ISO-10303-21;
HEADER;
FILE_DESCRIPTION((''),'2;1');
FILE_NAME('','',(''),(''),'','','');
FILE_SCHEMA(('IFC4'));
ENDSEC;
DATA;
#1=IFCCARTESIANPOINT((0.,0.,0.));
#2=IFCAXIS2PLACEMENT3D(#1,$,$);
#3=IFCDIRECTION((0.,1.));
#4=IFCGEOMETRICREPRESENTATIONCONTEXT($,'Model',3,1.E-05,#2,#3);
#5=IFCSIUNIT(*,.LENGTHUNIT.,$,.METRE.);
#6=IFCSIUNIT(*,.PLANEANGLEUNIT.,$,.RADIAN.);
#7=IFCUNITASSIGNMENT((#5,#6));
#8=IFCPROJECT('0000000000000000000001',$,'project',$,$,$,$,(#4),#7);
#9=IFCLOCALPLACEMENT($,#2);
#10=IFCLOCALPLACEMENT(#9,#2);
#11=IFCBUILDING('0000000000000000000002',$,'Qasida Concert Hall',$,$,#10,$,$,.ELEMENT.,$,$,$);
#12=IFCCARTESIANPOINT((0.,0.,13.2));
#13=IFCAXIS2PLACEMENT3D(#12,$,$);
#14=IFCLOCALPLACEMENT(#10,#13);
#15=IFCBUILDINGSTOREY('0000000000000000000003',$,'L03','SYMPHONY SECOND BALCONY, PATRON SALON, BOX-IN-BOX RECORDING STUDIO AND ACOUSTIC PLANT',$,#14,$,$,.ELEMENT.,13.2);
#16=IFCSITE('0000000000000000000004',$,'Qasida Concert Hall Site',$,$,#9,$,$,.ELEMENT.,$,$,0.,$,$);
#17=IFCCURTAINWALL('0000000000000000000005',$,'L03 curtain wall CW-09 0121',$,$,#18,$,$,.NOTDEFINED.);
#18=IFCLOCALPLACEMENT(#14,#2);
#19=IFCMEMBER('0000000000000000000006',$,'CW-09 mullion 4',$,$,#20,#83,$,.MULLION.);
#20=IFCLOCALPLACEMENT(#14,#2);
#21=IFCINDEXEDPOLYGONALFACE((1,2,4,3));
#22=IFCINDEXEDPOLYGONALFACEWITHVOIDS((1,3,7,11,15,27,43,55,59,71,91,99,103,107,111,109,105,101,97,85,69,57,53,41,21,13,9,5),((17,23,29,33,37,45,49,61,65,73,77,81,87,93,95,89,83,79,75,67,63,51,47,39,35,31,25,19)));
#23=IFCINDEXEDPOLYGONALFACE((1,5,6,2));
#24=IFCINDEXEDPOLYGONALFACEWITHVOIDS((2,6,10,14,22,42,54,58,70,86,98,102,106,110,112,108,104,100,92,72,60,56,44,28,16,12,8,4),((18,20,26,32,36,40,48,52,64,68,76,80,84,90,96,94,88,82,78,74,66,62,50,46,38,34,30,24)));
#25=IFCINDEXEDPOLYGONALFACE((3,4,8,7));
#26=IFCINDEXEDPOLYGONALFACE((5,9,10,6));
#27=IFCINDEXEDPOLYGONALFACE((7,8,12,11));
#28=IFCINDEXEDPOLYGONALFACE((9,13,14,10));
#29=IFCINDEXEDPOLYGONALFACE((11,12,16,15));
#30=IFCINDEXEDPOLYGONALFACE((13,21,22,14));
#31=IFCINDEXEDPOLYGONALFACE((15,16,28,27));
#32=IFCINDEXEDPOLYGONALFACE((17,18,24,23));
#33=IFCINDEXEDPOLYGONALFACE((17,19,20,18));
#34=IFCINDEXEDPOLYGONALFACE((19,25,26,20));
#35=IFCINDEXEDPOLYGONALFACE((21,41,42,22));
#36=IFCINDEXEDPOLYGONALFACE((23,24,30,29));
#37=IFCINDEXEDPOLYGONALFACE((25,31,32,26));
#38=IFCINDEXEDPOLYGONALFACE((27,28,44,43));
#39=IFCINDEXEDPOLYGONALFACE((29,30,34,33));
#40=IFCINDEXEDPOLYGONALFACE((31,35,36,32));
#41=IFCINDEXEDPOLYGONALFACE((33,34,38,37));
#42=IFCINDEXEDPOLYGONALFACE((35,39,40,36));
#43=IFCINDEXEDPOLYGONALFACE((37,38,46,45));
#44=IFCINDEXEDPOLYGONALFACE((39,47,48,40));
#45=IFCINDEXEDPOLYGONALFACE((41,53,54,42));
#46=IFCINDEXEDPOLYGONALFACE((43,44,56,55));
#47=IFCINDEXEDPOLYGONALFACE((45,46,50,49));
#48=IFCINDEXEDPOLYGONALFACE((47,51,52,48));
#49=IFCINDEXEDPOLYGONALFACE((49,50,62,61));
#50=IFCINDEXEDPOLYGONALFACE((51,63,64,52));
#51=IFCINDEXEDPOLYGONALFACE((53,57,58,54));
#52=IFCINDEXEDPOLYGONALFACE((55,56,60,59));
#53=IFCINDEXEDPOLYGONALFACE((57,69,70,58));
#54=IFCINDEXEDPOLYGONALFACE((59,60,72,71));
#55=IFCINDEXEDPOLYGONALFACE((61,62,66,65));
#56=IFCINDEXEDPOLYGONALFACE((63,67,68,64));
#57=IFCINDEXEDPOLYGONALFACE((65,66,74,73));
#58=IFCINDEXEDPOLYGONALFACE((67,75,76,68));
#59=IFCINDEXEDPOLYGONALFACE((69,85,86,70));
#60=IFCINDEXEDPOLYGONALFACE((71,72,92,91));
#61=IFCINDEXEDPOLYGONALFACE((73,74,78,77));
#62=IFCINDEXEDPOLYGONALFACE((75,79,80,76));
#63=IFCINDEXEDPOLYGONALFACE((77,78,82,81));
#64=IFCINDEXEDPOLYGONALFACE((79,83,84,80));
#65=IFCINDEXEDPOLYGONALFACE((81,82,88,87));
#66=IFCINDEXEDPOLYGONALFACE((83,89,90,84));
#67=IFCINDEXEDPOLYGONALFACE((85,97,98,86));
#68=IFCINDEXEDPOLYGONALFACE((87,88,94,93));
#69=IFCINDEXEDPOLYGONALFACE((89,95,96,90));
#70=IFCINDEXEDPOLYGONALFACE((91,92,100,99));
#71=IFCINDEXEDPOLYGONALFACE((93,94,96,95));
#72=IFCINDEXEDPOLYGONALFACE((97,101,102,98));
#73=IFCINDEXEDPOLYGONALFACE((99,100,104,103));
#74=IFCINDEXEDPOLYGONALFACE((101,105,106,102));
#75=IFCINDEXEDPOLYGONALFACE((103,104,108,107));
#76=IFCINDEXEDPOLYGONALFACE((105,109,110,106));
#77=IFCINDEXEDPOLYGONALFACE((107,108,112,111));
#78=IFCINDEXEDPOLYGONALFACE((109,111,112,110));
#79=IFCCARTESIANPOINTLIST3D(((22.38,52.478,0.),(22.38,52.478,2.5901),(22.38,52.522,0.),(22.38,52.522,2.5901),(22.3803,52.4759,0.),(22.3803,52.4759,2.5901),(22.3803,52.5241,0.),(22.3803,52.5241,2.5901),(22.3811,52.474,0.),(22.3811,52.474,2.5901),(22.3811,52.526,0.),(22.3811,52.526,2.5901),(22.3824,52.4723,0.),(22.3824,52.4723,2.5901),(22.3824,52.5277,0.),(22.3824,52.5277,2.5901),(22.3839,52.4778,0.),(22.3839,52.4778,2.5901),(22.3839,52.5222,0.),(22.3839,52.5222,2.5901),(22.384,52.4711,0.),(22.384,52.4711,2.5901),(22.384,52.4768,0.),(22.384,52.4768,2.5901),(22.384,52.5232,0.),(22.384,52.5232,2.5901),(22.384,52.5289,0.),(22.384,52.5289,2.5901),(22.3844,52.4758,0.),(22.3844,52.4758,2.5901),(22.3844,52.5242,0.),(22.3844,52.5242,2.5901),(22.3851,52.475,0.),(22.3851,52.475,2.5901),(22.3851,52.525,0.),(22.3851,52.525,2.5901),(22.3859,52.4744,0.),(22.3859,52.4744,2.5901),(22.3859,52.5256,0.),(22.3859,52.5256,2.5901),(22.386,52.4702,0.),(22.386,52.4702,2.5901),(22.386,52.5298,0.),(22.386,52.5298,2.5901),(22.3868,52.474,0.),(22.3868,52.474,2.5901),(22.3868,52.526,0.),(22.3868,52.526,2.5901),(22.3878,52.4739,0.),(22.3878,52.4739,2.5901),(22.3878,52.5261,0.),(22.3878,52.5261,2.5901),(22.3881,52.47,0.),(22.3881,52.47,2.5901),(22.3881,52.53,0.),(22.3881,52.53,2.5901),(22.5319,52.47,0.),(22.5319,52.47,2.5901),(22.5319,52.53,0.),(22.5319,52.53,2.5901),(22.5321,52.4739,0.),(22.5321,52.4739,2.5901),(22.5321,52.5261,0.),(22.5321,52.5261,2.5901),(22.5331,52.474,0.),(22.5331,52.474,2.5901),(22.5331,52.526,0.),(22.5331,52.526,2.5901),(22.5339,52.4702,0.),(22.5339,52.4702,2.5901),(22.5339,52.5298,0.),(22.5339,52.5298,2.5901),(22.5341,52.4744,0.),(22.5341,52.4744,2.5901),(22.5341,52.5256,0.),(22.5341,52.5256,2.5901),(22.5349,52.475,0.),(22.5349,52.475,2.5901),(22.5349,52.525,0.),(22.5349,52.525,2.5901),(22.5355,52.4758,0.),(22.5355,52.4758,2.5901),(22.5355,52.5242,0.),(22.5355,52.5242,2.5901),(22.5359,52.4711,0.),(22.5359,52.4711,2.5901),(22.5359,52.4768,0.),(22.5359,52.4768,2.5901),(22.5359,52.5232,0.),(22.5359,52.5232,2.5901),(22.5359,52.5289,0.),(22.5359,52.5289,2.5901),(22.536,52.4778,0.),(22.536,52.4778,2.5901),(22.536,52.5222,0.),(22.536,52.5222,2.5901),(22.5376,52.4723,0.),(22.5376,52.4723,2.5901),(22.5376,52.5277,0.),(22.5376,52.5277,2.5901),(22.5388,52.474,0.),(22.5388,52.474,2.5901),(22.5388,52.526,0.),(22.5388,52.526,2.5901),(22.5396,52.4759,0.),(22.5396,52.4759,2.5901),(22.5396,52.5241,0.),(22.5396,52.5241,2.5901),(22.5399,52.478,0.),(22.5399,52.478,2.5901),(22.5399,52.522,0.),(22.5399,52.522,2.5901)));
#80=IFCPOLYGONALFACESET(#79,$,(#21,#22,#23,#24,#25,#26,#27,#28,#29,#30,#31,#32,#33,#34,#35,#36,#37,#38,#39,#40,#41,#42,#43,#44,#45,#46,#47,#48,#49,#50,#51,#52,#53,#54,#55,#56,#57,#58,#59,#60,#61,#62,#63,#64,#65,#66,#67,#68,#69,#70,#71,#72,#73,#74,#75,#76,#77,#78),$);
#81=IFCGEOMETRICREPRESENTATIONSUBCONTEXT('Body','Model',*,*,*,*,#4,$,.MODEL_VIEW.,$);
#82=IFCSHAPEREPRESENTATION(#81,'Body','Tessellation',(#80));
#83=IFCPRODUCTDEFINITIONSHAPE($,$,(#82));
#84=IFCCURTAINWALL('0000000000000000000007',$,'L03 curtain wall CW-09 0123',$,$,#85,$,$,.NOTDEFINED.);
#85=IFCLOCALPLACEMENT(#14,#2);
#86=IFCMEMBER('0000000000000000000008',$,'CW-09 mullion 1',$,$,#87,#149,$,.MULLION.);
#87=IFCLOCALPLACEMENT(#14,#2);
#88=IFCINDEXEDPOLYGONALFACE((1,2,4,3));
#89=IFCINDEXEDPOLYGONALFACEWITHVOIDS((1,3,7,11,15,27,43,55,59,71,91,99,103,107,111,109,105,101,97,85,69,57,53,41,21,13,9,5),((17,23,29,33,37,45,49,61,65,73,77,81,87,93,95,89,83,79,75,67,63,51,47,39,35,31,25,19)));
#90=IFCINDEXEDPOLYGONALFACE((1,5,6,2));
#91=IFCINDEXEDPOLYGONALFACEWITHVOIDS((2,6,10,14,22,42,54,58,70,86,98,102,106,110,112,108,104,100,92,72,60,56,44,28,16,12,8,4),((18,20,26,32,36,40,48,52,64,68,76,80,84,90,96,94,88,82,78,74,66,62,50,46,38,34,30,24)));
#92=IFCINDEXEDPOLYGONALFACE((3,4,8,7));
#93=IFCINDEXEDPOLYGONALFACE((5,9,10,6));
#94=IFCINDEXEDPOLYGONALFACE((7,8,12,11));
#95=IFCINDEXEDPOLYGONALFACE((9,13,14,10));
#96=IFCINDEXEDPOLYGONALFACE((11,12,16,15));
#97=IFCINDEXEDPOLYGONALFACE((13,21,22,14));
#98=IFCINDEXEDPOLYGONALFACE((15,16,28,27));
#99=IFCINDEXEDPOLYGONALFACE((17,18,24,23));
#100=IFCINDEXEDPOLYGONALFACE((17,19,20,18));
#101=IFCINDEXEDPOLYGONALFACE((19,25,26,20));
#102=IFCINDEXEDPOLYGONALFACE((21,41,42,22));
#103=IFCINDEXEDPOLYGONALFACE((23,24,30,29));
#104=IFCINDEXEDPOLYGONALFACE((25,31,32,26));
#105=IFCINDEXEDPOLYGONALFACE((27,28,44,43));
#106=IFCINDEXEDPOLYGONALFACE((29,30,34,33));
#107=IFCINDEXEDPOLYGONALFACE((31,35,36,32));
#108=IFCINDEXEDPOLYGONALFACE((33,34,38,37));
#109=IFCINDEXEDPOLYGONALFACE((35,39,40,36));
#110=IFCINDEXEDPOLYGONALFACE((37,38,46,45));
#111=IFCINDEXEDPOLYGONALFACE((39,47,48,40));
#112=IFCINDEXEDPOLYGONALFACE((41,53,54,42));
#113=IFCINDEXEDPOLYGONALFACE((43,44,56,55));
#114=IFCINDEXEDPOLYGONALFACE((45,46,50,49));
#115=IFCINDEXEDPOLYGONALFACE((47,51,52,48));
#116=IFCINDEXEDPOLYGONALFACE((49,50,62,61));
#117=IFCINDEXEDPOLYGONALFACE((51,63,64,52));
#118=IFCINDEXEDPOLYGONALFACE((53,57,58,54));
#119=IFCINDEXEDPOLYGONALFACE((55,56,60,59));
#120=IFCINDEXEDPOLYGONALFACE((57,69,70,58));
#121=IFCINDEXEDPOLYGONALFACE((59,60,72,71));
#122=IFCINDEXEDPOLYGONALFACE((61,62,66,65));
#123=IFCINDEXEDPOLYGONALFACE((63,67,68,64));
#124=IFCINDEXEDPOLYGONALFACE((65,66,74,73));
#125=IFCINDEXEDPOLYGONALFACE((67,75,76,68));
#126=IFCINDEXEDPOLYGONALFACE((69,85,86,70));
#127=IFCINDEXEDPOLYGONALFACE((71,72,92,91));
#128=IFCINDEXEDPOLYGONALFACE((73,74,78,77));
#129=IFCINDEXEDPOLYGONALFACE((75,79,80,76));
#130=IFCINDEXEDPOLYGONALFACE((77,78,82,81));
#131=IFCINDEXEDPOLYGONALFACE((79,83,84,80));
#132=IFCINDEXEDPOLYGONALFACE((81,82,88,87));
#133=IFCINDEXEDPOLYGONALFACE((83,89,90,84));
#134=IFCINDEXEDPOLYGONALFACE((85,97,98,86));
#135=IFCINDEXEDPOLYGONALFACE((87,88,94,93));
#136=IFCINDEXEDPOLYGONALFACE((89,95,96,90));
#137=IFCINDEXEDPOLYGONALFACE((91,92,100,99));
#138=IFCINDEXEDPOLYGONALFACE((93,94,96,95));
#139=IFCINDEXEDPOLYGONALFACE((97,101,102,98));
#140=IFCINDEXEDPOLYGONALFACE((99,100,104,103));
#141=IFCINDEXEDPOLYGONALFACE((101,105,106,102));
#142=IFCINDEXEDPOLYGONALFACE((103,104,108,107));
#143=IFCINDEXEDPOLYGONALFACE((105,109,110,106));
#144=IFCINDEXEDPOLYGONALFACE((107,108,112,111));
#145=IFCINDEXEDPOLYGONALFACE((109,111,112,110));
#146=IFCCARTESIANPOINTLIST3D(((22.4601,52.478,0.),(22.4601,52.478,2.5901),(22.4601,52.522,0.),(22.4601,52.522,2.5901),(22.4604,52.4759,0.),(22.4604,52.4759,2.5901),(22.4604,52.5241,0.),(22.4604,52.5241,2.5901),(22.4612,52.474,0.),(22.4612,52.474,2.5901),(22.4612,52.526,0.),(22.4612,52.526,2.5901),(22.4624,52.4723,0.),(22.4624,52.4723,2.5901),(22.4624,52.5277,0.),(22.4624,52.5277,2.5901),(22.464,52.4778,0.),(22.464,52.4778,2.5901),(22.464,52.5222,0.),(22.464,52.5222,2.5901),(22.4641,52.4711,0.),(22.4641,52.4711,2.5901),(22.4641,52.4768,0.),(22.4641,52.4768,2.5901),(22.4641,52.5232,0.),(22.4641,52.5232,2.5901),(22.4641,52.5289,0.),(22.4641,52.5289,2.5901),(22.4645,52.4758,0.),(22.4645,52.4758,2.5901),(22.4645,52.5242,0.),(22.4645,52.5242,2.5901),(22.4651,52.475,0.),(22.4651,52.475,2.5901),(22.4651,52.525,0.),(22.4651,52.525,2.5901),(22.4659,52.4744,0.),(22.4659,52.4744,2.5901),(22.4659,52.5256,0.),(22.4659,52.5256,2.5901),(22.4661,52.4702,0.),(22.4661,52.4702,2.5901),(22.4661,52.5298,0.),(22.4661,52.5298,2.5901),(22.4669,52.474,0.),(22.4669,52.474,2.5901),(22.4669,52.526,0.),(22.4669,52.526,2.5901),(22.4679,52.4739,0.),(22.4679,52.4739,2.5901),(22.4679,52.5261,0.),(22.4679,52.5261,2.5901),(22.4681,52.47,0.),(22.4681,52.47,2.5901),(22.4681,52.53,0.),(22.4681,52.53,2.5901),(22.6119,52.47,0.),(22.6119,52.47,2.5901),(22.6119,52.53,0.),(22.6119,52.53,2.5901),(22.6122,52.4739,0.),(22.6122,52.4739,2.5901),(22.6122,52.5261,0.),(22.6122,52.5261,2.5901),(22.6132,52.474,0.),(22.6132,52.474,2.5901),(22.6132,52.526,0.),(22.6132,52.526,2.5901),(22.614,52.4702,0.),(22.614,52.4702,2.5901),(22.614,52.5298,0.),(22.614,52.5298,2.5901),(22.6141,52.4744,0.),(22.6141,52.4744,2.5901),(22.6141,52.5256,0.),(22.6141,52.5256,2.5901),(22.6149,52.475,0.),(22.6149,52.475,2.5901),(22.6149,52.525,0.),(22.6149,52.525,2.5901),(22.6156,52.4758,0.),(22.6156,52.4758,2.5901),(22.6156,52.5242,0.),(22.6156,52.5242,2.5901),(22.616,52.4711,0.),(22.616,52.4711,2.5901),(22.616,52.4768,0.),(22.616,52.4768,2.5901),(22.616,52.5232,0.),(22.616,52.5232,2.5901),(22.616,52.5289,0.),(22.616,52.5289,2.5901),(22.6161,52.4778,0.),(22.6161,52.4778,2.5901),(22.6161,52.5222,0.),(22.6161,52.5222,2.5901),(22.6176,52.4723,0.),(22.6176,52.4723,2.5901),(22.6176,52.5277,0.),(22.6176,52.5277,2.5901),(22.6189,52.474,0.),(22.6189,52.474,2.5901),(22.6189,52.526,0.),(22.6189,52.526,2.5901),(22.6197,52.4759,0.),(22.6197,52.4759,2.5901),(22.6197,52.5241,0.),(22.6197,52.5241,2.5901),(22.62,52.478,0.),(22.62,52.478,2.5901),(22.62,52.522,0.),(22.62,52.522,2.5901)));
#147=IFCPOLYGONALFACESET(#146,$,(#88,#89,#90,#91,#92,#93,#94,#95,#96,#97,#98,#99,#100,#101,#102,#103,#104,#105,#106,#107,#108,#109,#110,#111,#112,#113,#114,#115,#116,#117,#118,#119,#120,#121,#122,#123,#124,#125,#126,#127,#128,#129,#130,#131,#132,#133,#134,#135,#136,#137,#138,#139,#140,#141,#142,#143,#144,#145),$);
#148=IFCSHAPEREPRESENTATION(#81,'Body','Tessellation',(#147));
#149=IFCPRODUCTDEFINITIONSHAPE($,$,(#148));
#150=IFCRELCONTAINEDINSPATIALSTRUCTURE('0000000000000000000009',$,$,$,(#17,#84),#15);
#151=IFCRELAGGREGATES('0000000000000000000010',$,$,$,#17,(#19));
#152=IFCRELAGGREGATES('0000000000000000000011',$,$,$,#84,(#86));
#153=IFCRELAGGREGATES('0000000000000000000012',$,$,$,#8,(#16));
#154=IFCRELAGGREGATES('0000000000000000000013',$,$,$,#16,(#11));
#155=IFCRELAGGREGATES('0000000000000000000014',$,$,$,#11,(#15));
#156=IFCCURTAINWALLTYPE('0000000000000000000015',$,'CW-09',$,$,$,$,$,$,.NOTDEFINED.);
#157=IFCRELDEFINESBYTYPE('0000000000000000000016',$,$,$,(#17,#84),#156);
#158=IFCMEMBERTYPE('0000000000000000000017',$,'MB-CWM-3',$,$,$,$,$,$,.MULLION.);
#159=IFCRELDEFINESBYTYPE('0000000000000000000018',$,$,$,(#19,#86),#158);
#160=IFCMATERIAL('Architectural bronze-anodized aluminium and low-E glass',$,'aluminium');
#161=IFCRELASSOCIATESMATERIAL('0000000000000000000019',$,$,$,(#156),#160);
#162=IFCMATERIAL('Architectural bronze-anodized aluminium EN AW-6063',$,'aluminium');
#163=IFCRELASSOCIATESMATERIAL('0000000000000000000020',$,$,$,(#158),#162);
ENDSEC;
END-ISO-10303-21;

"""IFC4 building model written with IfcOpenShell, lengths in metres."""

from ifc_helpers import new_model, si_unit, direction, frame, origin, origin_2d, place, context, subcontext, project, spatial, hollow_rectangle, extrude, material, material_profile, profile_set, type_object, element, aggregate, save


model = new_model("IFC4")

# Units and contexts
model_context = context("Model", 3, precision=1e-05, world=origin(), true_north=direction((0.0, 1.0)))
body_context = subcontext(model_context, "Body", "Model", "MODEL_VIEW")
ifc_project = project(units=[si_unit("LENGTHUNIT", "METRE"), si_unit("PLANEANGLEUNIT", "RADIAN")], contexts=[model_context])

# Site, building, storey
site_placement = place(None, origin())
site = spatial("IfcSite", under=ifc_project, at=site_placement, Name="Qasida Concert Hall Site", CompositionType="ELEMENT", RefElevation=0.0)
building_placement = place(site_placement, origin())
building = spatial("IfcBuilding", under=site, at=building_placement, Name="Qasida Concert Hall", CompositionType="ELEMENT")
storey_placement = place(building_placement, frame((0.0, 0.0, 13.2)))
storey = spatial("IfcBuildingStorey", under=building, at=storey_placement, Name="L03", Description="SYMPHONY SECOND BALCONY, PATRON SALON, BOX-IN-BOX RECORDING STUDIO AND ACOUSTIC PLANT", CompositionType="ELEMENT", Elevation=13.2)

# Curtain wall, member
ifc_material_1 = material(Name="Architectural bronze-anodized aluminium and low-E glass", Category="aluminium")
curtain_wall_type = type_object("IfcCurtainWallType", Name="CW-09", PredefinedType="NOTDEFINED", material=ifc_material_1)
curtain_wall_1_placement = place(storey_placement, origin())
curtain_wall_1 = element("IfcCurtainWall", 1, at=curtain_wall_1_placement, inside=storey, type_object=curtain_wall_type, Name="L03 curtain wall CW-09 0121", PredefinedType="NOTDEFINED")
ifc_material_2 = material(Name="Architectural bronze-anodized aluminium EN AW-6063", Category="aluminium")
ifc_material_profile_1 = material_profile(ifc_material_2, hollow_rectangle(XDim=0.0601, YDim=0.1599, WallThickness=0.0039, InnerFilletRadius=0.0039, OuterFilletRadius=0.0081, at=origin_2d()), Name="CWM 160x60x4")
ifc_profile_set_1 = profile_set([ifc_material_profile_1], Name="Architectural bronze-anodized aluminium EN AW-6063")
member_type_1 = type_object("IfcMemberType", Name="MB-CWM-3", PredefinedType="MULLION", material=ifc_profile_set_1)
member_1_placement = place(storey_placement, frame((22.46, 52.5, 0.0), z_axis=(0.0, 0.0, 1.0), x_axis=(0.0, 1.0, 0.0)))
member_1 = element("IfcMember", 2, at=member_1_placement, type_object=member_type_1, Name="CW-09 mullion 4", PredefinedType="MULLION", context=body_context, shape_type="SweptSolid", body=[
    extrude(hollow_rectangle(XDim=0.0601, YDim=0.1599, WallThickness=0.0039, InnerFilletRadius=0.0039, OuterFilletRadius=0.0081, at=origin_2d()), origin(), (0.0, 0.0, 1.0), 2.5901),
])

# Curtain wall, member
curtain_wall_2_placement = place(storey_placement, origin())
curtain_wall_2 = element("IfcCurtainWall", 3, at=curtain_wall_2_placement, inside=storey, type_object=curtain_wall_type, Name="L03 curtain wall CW-09 0123", PredefinedType="NOTDEFINED")
member_2_placement = place(storey_placement, frame((22.54, 52.5, 0.0), z_axis=(0.0, 0.0, 1.0), x_axis=(0.0, 1.0, 0.0)))
member_2 = element("IfcMember", 4, at=member_2_placement, type_object=member_type_1, Name="CW-09 mullion 1", PredefinedType="MULLION", context=body_context, shape_type="SweptSolid", body=[
    extrude(hollow_rectangle(XDim=0.0601, YDim=0.1599, WallThickness=0.0039, InnerFilletRadius=0.0039, OuterFilletRadius=0.0081, at=origin_2d()), origin(), (0.0, 0.0, 1.0), 2.5901),
])

aggregate(curtain_wall_1, [member_1])
aggregate(curtain_wall_2, [member_2])

save(model, "model.ifc")
